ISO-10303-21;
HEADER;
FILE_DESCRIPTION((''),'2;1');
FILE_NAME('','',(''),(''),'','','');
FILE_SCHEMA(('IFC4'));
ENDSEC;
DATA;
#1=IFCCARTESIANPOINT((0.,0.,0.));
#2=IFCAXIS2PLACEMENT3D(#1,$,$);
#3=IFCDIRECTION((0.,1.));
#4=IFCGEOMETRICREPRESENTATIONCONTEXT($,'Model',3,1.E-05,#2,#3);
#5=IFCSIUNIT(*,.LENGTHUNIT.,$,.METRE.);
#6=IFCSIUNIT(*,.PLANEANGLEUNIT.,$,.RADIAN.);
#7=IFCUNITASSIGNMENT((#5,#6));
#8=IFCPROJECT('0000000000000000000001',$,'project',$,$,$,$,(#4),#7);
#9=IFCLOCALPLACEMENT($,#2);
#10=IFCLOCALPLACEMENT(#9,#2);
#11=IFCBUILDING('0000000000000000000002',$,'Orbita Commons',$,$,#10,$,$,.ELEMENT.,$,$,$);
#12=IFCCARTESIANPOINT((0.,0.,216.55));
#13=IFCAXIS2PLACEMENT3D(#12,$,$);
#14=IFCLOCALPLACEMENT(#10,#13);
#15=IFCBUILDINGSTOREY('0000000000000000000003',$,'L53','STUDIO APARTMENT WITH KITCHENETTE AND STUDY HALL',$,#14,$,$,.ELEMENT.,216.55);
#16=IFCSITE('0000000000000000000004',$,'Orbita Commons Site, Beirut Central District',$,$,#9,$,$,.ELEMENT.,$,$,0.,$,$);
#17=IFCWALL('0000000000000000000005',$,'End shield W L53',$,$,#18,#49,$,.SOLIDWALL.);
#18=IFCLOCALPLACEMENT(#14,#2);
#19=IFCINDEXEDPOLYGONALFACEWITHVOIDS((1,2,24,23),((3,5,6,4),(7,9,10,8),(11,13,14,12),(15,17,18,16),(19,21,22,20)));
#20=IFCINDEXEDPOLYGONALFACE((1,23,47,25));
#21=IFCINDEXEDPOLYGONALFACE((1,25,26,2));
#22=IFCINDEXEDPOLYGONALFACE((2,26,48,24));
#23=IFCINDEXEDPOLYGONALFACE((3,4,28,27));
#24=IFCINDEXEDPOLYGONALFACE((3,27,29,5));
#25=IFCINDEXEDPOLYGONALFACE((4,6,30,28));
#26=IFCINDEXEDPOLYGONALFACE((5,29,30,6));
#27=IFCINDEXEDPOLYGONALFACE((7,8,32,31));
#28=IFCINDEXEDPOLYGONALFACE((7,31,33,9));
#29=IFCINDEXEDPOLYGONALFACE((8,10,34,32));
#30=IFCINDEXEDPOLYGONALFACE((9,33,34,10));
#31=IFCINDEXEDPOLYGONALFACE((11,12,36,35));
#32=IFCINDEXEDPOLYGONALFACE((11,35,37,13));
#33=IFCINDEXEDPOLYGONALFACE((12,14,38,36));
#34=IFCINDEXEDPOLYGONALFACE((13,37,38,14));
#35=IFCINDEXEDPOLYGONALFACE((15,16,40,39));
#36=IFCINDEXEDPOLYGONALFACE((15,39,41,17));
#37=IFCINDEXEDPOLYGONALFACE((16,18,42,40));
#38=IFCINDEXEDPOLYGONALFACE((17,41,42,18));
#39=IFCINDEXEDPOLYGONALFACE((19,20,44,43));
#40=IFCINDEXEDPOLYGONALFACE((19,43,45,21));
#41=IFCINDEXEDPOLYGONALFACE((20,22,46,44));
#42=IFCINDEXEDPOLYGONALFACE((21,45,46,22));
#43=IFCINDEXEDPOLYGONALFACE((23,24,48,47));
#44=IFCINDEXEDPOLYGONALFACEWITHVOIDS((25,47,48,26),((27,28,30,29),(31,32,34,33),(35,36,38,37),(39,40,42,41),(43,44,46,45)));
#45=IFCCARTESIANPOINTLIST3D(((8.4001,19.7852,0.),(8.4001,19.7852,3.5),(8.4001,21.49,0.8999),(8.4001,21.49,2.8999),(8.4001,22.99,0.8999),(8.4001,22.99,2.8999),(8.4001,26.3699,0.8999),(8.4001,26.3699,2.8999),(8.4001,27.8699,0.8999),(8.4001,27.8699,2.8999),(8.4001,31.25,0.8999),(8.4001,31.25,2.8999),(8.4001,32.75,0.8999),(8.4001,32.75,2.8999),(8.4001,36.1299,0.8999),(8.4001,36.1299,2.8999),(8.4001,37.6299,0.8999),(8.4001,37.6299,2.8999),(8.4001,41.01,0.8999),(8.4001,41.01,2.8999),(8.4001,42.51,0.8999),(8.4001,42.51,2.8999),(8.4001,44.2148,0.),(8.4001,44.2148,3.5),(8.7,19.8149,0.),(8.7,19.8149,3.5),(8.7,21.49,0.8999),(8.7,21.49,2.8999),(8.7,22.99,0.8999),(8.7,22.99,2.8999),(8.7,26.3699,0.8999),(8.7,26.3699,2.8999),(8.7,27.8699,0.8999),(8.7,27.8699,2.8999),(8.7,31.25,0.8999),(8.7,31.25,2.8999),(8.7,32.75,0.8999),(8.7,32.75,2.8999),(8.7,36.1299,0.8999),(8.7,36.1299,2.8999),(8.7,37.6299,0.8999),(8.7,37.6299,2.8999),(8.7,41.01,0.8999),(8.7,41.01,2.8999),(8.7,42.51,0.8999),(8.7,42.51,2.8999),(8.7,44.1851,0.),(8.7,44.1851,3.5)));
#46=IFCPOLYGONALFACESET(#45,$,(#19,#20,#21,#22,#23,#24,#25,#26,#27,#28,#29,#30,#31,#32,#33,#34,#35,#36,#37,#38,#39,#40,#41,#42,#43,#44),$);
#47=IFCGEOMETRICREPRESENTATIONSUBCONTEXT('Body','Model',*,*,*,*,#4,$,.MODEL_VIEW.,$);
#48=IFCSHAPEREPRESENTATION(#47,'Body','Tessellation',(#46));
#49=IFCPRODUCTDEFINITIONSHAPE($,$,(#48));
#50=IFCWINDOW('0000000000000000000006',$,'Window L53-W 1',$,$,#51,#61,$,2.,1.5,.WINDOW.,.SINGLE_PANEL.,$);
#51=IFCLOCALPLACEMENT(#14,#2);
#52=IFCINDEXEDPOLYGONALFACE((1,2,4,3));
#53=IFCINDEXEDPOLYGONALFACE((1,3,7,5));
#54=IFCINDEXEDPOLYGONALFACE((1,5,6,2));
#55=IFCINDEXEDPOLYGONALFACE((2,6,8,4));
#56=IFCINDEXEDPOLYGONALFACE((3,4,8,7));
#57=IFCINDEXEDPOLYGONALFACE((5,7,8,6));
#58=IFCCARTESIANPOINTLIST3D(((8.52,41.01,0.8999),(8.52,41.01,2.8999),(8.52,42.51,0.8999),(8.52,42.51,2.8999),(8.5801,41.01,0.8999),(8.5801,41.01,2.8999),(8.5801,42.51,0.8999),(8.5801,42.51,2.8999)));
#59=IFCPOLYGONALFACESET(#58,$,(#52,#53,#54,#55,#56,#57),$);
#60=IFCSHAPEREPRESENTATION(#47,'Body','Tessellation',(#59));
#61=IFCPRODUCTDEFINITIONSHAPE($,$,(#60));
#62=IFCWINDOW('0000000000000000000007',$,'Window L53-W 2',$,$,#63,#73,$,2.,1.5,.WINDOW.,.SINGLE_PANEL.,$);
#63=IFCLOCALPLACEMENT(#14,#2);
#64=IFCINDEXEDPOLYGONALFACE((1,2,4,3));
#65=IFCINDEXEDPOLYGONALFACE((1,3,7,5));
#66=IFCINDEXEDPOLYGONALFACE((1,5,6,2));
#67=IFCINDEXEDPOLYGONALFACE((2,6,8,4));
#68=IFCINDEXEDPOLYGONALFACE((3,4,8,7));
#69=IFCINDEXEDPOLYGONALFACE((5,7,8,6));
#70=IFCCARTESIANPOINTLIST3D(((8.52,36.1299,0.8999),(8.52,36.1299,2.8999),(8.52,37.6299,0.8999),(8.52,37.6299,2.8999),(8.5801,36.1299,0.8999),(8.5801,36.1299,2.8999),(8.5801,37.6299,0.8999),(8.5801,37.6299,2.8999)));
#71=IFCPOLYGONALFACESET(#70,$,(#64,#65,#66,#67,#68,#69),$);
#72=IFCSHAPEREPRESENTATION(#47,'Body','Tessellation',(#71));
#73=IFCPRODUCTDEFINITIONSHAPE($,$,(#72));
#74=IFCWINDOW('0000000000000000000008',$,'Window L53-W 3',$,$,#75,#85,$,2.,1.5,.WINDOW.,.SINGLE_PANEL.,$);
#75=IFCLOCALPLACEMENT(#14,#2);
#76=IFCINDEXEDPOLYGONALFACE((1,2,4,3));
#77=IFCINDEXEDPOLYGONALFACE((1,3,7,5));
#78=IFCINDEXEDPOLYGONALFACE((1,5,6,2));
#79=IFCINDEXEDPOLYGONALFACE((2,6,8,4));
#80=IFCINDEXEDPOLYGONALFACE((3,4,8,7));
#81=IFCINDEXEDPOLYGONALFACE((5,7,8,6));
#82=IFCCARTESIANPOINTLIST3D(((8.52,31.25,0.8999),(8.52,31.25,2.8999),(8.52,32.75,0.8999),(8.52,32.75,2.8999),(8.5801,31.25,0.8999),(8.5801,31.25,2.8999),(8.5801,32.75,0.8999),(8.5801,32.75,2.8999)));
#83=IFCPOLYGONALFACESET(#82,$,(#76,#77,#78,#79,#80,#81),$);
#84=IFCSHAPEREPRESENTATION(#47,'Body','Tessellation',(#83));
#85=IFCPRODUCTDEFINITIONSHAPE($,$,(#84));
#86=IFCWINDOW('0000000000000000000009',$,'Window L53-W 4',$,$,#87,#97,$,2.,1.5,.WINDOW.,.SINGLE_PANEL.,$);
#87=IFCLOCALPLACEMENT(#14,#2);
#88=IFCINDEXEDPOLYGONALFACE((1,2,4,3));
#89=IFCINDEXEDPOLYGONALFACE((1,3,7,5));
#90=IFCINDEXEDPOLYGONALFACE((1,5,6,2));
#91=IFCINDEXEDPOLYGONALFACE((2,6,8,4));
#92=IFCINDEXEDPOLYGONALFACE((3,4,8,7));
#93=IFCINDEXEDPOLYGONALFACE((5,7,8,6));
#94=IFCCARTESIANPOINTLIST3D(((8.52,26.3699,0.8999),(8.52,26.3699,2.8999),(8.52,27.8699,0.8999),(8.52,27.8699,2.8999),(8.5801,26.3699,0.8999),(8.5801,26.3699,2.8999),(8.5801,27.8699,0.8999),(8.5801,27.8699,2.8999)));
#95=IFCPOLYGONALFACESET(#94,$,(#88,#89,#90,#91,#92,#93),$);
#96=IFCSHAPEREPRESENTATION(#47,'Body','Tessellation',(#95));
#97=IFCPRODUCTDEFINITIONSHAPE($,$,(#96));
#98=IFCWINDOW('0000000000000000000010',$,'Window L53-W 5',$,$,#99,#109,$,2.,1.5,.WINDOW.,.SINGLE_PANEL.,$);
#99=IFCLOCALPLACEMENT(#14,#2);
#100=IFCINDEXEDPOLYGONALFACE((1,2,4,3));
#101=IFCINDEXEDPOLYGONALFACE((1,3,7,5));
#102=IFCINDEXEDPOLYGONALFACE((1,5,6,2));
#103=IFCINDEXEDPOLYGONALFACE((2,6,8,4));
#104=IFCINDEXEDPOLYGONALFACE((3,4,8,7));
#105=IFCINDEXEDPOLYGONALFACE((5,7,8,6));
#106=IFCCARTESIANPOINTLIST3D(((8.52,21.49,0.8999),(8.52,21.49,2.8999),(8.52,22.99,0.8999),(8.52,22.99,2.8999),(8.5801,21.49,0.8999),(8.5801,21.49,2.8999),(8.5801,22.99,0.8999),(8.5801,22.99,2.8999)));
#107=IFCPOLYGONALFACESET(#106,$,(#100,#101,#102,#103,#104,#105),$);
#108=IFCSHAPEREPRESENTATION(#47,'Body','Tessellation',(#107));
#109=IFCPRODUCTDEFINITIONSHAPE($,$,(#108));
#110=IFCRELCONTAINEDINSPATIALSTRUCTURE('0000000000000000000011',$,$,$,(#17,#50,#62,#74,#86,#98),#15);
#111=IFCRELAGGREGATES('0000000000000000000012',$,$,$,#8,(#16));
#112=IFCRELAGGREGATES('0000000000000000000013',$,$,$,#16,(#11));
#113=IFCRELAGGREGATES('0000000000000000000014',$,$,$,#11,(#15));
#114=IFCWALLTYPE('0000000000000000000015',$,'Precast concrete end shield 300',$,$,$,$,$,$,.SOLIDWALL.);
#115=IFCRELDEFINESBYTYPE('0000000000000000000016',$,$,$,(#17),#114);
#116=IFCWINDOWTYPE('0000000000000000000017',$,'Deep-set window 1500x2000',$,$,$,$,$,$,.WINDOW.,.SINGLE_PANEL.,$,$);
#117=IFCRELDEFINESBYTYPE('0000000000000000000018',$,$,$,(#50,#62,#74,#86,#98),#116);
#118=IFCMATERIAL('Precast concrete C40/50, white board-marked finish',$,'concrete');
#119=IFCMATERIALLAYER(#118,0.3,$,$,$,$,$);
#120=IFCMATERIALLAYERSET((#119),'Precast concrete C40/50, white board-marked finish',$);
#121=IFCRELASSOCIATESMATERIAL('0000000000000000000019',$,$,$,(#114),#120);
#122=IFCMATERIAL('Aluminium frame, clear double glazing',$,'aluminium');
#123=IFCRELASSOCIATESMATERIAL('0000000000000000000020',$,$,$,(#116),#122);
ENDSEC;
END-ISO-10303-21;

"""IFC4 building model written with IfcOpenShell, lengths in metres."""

from ifc_helpers import new_model, si_unit, direction, frame, frame_2d, origin, place, context, subcontext, project, spatial, polyline, rectangle, outline, extrude, material, layer, layer_set, type_object, element, fill, save


model = new_model("IFC4")

# Units and contexts
model_context = context("Model", 3, precision=1e-05, world=origin(), true_north=direction((0.0, 1.0)))
body_context = subcontext(model_context, "Body", "Model", "MODEL_VIEW")
ifc_project = project(units=[si_unit("LENGTHUNIT", "METRE"), si_unit("PLANEANGLEUNIT", "RADIAN")], contexts=[model_context])

# Site, building, storey
site_placement = place(None, origin())
site = spatial("IfcSite", under=ifc_project, at=site_placement, Name="Orbita Commons Site, Beirut Central District", CompositionType="ELEMENT", RefElevation=0.0)
building_placement = place(site_placement, origin())
building = spatial("IfcBuilding", under=site, at=building_placement, Name="Orbita Commons", CompositionType="ELEMENT")
storey_placement = place(building_placement, frame((0.0, 0.0, 216.55)))
storey = spatial("IfcBuildingStorey", under=building, at=storey_placement, Name="L53", Description="STUDIO APARTMENT WITH KITCHENETTE AND STUDY HALL", CompositionType="ELEMENT", Elevation=216.55)

# Wall, openings, windows
ifc_material_1 = material(Name="Precast concrete C40/50, white board-marked finish", Category="concrete")
ifc_layer_1 = layer(ifc_material_1, 0.3)
ifc_layer_set_1 = layer_set([ifc_layer_1], Name="Precast concrete C40/50, white board-marked finish")
wall_type_1 = type_object("IfcWallType", Name="Precast concrete end shield 300", PredefinedType="SOLIDWALL", material=ifc_layer_set_1)
wall_1_placement = place(storey_placement, frame((8.55, 44.2, 0.0), z_axis=(0.0, 0.0, 1.0), x_axis=(0.0, -1.0, 0.0)))
wall_1 = element("IfcWall", 1, at=wall_1_placement, inside=storey, type_object=wall_type_1, Name="End shield W L53", PredefinedType="SOLIDWALL", context=body_context, shape_type="SweptSolid", body=[
    extrude(outline(polyline([(-0.0149, -0.1499), (24.4148, -0.1499), (24.385, 0.1499), (0.0149, 0.1499), (-0.0149, -0.1499)])), origin(), (0.0, 0.0, 1.0), 3.5),
])
opening_1_placement = place(wall_1_placement, frame((1.6899, 0.0, 0.8999)))
opening_1 = element("IfcOpeningElement", 2, at=opening_1_placement, cuts=wall_1, PredefinedType="OPENING", context=body_context, shape_type="SweptSolid", body=[
    extrude(rectangle(XDim=1.5, YDim=2.0, at=frame_2d((0.75, 1.0))), frame((0.0, 0.1599, 0.0), z_axis=(0.0, -1.0, 0.0), x_axis=(1.0, 0.0, 0.0)), (0.0, 0.0, 1.0), 0.3201),
])
opening_2_placement = place(wall_1_placement, frame((6.5701, 0.0, 0.8999)))
opening_2 = element("IfcOpeningElement", 3, at=opening_2_placement, cuts=wall_1, PredefinedType="OPENING", context=body_context, shape_type="SweptSolid", body=[
    extrude(rectangle(XDim=1.5, YDim=2.0, at=frame_2d((0.75, 1.0))), frame((0.0, 0.1599, 0.0), z_axis=(0.0, -1.0, 0.0), x_axis=(1.0, 0.0, 0.0)), (0.0, 0.0, 1.0), 0.3201),
])
opening_3_placement = place(wall_1_placement, frame((11.45, 0.0, 0.8999)))
opening_3 = element("IfcOpeningElement", 4, at=opening_3_placement, cuts=wall_1, PredefinedType="OPENING", context=body_context, shape_type="SweptSolid", body=[
    extrude(rectangle(XDim=1.5, YDim=2.0, at=frame_2d((0.75, 1.0))), frame((0.0, 0.1599, 0.0), z_axis=(0.0, -1.0, 0.0), x_axis=(1.0, 0.0, 0.0)), (0.0, 0.0, 1.0), 0.3201),
])
opening_4_placement = place(wall_1_placement, frame((16.3301, 0.0, 0.8999)))
opening_4 = element("IfcOpeningElement", 5, at=opening_4_placement, cuts=wall_1, PredefinedType="OPENING", context=body_context, shape_type="SweptSolid", body=[
    extrude(rectangle(XDim=1.5, YDim=2.0, at=frame_2d((0.75, 1.0))), frame((0.0, 0.1599, 0.0), z_axis=(0.0, -1.0, 0.0), x_axis=(1.0, 0.0, 0.0)), (0.0, 0.0, 1.0), 0.3201),
])
opening_5_placement = place(wall_1_placement, frame((21.21, 0.0, 0.8999)))
opening_5 = element("IfcOpeningElement", 6, at=opening_5_placement, cuts=wall_1, PredefinedType="OPENING", context=body_context, shape_type="SweptSolid", body=[
    extrude(rectangle(XDim=1.5, YDim=2.0, at=frame_2d((0.75, 1.0))), frame((0.0, 0.1599, 0.0), z_axis=(0.0, -1.0, 0.0), x_axis=(1.0, 0.0, 0.0)), (0.0, 0.0, 1.0), 0.3201),
])
ifc_material_2 = material(Name="Aluminium frame, clear double glazing", Category="aluminium")
window_type = type_object("IfcWindowType", Name="Deep-set window 1500x2000", PartitioningType="SINGLE_PANEL", PredefinedType="WINDOW", material=ifc_material_2)
window_1_placement = place(opening_1_placement, origin())
window_1 = element("IfcWindow", 7, at=window_1_placement, inside=storey, type_object=window_type, Name="Window L53-W 1", OverallHeight=2.0, OverallWidth=1.5, PartitioningType="SINGLE_PANEL", PredefinedType="WINDOW", context=body_context, shape_type="SweptSolid", body=[
    extrude(rectangle(XDim=1.5, YDim=2.0, at=frame_2d((0.75, 1.0))), frame((0.0, 0.03, 0.0), z_axis=(0.0, -1.0, 0.0), x_axis=(1.0, 0.0, 0.0)), (0.0, 0.0, 1.0), 0.0601),
])
fill(opening_1, window_1)
window_2_placement = place(opening_2_placement, origin())
window_2 = element("IfcWindow", 8, at=window_2_placement, inside=storey, type_object=window_type, Name="Window L53-W 2", OverallHeight=2.0, OverallWidth=1.5, PartitioningType="SINGLE_PANEL", PredefinedType="WINDOW", context=body_context, shape_type="SweptSolid", body=[
    extrude(rectangle(XDim=1.5, YDim=2.0, at=frame_2d((0.75, 1.0))), frame((0.0, 0.03, 0.0), z_axis=(0.0, -1.0, 0.0), x_axis=(1.0, 0.0, 0.0)), (0.0, 0.0, 1.0), 0.0601),
])
fill(opening_2, window_2)
window_3_placement = place(opening_3_placement, origin())
window_3 = element("IfcWindow", 9, at=window_3_placement, inside=storey, type_object=window_type, Name="Window L53-W 3", OverallHeight=2.0, OverallWidth=1.5, PartitioningType="SINGLE_PANEL", PredefinedType="WINDOW", context=body_context, shape_type="SweptSolid", body=[
    extrude(rectangle(XDim=1.5, YDim=2.0, at=frame_2d((0.75, 1.0))), frame((0.0, 0.03, 0.0), z_axis=(0.0, -1.0, 0.0), x_axis=(1.0, 0.0, 0.0)), (0.0, 0.0, 1.0), 0.0601),
])
fill(opening_3, window_3)
window_4_placement = place(opening_4_placement, origin())
window_4 = element("IfcWindow", 10, at=window_4_placement, inside=storey, type_object=window_type, Name="Window L53-W 4", OverallHeight=2.0, OverallWidth=1.5, PartitioningType="SINGLE_PANEL", PredefinedType="WINDOW", context=body_context, shape_type="SweptSolid", body=[
    extrude(rectangle(XDim=1.5, YDim=2.0, at=frame_2d((0.75, 1.0))), frame((0.0, 0.03, 0.0), z_axis=(0.0, -1.0, 0.0), x_axis=(1.0, 0.0, 0.0)), (0.0, 0.0, 1.0), 0.0601),
])
fill(opening_4, window_4)
window_5_placement = place(opening_5_placement, origin())
window_5 = element("IfcWindow", 11, at=window_5_placement, inside=storey, type_object=window_type, Name="Window L53-W 5", OverallHeight=2.0, OverallWidth=1.5, PartitioningType="SINGLE_PANEL", PredefinedType="WINDOW", context=body_context, shape_type="SweptSolid", body=[
    extrude(rectangle(XDim=1.5, YDim=2.0, at=frame_2d((0.75, 1.0))), frame((0.0, 0.03, 0.0), z_axis=(0.0, -1.0, 0.0), x_axis=(1.0, 0.0, 0.0)), (0.0, 0.0, 1.0), 0.0601),
])
fill(opening_5, window_5)

save(model, "model.ifc")
